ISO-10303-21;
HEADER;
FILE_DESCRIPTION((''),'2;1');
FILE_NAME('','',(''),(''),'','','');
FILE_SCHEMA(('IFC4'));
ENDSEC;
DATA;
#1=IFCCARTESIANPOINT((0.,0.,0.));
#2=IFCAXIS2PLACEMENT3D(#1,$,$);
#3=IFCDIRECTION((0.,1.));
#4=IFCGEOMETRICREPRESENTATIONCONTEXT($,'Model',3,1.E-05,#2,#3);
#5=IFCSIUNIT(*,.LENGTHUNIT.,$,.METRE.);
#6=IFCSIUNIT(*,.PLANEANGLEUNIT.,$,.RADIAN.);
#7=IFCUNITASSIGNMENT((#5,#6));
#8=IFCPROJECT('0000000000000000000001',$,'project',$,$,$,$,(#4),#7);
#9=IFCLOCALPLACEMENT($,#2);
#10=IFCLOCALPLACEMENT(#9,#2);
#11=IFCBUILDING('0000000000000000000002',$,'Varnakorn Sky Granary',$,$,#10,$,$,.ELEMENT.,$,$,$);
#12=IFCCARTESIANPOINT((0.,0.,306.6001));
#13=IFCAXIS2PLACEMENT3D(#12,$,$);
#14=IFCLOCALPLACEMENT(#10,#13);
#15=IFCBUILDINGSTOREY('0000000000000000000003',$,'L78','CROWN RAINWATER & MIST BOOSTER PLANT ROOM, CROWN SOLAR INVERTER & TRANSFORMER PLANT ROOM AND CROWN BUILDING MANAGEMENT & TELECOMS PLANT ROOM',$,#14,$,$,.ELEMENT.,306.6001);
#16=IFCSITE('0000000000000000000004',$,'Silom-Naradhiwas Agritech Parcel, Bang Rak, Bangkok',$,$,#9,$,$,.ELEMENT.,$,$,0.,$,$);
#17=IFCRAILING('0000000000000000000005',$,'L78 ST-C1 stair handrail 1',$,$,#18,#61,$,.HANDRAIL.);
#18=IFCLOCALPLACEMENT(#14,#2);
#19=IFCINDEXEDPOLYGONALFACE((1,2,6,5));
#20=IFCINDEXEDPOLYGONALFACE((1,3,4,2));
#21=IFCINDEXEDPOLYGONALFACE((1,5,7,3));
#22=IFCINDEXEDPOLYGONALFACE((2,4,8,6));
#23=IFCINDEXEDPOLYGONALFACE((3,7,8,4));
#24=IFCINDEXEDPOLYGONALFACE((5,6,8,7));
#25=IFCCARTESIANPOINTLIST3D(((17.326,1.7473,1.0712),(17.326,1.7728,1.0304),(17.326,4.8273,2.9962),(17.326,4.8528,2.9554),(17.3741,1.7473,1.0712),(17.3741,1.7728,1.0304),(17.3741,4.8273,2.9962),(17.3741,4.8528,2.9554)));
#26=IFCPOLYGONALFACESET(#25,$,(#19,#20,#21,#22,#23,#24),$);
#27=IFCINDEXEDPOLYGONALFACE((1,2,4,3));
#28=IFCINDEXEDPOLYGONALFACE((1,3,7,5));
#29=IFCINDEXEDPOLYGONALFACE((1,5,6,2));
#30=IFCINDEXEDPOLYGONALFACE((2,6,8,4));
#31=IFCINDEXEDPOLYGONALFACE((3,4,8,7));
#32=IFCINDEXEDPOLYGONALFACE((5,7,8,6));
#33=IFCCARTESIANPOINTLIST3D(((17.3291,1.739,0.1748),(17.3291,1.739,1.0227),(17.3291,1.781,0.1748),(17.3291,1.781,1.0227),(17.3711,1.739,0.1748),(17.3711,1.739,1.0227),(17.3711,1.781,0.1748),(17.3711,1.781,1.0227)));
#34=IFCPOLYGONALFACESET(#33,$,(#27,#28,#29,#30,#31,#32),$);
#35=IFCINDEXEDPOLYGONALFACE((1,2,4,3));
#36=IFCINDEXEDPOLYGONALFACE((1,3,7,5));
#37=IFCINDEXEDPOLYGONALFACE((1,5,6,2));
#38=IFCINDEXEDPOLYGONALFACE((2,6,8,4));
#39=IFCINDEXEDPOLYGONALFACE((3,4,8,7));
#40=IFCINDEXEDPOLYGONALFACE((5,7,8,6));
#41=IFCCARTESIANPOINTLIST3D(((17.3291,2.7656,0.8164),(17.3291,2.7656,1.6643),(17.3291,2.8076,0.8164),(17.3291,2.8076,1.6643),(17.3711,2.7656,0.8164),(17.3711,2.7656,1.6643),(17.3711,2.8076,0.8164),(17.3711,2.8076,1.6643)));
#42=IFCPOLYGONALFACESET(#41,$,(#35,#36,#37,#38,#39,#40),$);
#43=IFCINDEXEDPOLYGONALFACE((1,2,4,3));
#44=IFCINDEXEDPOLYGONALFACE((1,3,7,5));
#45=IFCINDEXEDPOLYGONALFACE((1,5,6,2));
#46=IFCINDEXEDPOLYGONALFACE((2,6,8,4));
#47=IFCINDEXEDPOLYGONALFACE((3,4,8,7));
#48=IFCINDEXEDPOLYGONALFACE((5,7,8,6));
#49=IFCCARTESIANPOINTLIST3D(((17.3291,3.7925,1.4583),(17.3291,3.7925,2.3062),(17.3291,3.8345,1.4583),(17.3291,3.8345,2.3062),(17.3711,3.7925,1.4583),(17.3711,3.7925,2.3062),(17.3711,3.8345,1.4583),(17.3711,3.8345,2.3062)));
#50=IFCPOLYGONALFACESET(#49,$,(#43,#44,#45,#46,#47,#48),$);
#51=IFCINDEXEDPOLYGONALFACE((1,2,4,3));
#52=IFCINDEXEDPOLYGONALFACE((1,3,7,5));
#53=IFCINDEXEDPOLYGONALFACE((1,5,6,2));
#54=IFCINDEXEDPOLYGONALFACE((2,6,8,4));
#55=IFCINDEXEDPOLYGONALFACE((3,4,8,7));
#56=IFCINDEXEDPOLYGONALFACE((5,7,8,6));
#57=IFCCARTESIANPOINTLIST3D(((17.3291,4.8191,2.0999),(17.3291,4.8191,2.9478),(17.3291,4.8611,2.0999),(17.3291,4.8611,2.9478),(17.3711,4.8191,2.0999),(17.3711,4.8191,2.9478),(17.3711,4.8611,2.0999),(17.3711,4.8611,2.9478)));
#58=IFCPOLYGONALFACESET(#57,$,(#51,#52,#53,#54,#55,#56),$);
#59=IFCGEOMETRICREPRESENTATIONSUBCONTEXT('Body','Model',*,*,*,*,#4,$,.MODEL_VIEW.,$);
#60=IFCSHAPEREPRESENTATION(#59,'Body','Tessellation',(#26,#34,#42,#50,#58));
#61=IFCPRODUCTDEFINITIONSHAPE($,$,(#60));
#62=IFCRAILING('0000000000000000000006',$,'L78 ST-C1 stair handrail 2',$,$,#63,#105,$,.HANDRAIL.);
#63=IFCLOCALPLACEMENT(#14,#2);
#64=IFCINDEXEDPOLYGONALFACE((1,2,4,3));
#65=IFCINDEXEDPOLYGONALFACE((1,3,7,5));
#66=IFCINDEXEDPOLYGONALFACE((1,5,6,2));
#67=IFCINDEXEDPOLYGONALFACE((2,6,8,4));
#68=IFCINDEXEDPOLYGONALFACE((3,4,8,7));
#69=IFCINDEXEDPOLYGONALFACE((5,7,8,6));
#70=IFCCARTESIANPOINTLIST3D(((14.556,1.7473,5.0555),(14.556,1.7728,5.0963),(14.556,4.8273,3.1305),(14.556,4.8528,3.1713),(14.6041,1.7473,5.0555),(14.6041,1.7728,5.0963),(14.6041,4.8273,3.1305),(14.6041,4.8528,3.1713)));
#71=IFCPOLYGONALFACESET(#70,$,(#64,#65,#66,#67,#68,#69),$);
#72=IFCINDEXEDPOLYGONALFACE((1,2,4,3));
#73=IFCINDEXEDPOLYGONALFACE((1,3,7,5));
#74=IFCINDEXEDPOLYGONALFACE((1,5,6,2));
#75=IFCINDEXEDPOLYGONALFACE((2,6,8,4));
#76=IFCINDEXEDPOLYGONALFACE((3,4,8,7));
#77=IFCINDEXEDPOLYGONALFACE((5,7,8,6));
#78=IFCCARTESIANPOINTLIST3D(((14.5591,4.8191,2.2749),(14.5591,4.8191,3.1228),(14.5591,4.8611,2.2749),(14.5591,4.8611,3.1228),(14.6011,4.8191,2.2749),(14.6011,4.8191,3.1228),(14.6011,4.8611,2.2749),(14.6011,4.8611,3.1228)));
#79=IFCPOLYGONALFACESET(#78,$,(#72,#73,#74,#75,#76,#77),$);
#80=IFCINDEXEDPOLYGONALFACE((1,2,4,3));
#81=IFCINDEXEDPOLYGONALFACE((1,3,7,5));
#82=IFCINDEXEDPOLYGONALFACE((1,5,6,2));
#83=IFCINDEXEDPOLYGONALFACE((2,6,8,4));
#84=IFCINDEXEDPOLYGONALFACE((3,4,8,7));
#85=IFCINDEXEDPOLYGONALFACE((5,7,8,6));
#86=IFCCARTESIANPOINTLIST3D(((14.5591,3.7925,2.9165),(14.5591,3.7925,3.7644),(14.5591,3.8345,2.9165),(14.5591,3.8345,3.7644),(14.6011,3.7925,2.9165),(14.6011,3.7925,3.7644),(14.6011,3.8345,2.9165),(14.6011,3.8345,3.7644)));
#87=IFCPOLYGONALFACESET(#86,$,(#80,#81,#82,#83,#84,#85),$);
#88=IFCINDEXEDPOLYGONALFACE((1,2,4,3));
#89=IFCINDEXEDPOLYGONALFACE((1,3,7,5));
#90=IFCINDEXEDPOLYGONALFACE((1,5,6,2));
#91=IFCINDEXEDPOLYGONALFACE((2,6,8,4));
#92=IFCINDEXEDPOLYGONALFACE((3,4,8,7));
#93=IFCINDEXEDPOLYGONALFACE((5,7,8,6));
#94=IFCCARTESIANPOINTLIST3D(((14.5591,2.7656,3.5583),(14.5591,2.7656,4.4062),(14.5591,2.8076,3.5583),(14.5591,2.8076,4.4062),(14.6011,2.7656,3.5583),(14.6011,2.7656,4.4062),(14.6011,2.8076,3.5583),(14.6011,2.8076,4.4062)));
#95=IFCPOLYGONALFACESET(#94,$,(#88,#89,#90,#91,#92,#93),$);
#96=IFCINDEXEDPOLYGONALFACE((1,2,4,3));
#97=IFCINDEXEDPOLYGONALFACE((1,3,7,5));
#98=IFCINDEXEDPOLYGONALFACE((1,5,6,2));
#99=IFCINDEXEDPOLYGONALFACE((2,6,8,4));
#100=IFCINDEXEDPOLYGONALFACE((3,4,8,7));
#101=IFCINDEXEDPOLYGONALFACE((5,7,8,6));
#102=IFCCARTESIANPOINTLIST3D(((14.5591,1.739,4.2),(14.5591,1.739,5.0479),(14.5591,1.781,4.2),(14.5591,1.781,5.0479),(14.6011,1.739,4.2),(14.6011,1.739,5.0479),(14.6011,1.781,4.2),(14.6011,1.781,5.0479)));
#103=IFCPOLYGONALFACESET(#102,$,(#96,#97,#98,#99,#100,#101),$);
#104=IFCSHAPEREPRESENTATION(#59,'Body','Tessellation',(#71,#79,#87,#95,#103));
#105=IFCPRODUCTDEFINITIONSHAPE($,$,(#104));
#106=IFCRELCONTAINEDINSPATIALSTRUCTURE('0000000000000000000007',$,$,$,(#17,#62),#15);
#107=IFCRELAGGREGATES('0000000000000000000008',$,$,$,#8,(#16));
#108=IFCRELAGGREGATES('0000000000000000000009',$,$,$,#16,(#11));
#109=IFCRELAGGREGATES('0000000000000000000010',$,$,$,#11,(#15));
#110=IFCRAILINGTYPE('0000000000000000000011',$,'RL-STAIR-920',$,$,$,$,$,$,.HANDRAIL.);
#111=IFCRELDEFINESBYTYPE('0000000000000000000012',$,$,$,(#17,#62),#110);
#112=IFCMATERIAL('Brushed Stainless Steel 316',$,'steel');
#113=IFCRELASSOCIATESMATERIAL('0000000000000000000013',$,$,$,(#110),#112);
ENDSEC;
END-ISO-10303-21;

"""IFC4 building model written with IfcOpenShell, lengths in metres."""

from ifc_helpers import new_model, si_unit, direction, frame, origin, origin_2d, place, context, subcontext, project, spatial, rectangle, extrude, material, type_object, element, save


model = new_model("IFC4")

# Units and contexts
model_context = context("Model", 3, precision=1e-05, world=origin(), true_north=direction((0.0, 1.0)))
body_context = subcontext(model_context, "Body", "Model", "MODEL_VIEW")
ifc_project = project(units=[si_unit("LENGTHUNIT", "METRE"), si_unit("PLANEANGLEUNIT", "RADIAN")], contexts=[model_context])

# Site, building, storey
site_placement = place(None, origin())
site = spatial("IfcSite", under=ifc_project, at=site_placement, Name="Silom-Naradhiwas Agritech Parcel, Bang Rak, Bangkok", CompositionType="ELEMENT", RefElevation=0.0)
building_placement = place(site_placement, origin())
building = spatial("IfcBuilding", under=site, at=building_placement, Name="Varnakorn Sky Granary", CompositionType="ELEMENT")
storey_placement = place(building_placement, frame((0.0, 0.0, 306.6001)))
storey = spatial("IfcBuildingStorey", under=building, at=storey_placement, Name="L78", Description="CROWN RAINWATER & MIST BOOSTER PLANT ROOM, CROWN SOLAR INVERTER & TRANSFORMER PLANT ROOM AND CROWN BUILDING MANAGEMENT & TELECOMS PLANT ROOM", CompositionType="ELEMENT", Elevation=306.6001)

# Railings
ifc_material_1 = material(Name="Brushed Stainless Steel 316", Category="steel")
railing_type_1 = type_object("IfcRailingType", Name="RL-STAIR-920", PredefinedType="HANDRAIL", material=ifc_material_1)
railing_1_placement = place(storey_placement, frame((17.3501, 1.76, 0.1748)))
element("IfcRailing", 1, at=railing_1_placement, inside=storey, type_object=railing_type_1, Name="L78 ST-C1 stair handrail 1", PredefinedType="HANDRAIL", context=body_context, shape_type="SweptSolid", body=[
    extrude(rectangle(XDim=0.0481, YDim=0.0481, at=origin_2d()), frame((0.0, 0.0, 0.876), z_axis=(0.0, 0.847998, 0.529999), x_axis=(-1.0, 0.0, 0.0)), (0.0, 0.0, 1.0), 3.6321),
    extrude(rectangle(XDim=0.042, YDim=0.042, at=origin_2d()), origin(), (0.0, 0.0, 1.0), 0.8479),
    extrude(rectangle(XDim=0.042, YDim=0.042, at=origin_2d()), frame((0.0, 1.0266, 0.6416)), (0.0, 0.0, 1.0), 0.8479),
    extrude(rectangle(XDim=0.042, YDim=0.042, at=origin_2d()), frame((0.0, 2.0535, 1.2834)), (0.0, 0.0, 1.0), 0.8479),
    extrude(rectangle(XDim=0.042, YDim=0.042, at=origin_2d()), frame((0.0, 3.0801, 1.925)), (0.0, 0.0, 1.0), 0.8479),
])
railing_2_placement = place(storey_placement, frame((14.5801, 4.8401, 2.2749)))
element("IfcRailing", 2, at=railing_2_placement, inside=storey, type_object=railing_type_1, Name="L78 ST-C1 stair handrail 2", PredefinedType="HANDRAIL", context=body_context, shape_type="SweptSolid", body=[
    extrude(rectangle(XDim=0.0481, YDim=0.0481, at=origin_2d()), frame((0.0, 0.0, 0.876), z_axis=(0.0, -0.847998, 0.529999), x_axis=(1.0, 0.0, 0.0)), (0.0, 0.0, 1.0), 3.6321),
    extrude(rectangle(XDim=0.042, YDim=0.042, at=origin_2d()), origin(), (0.0, 0.0, 1.0), 0.8479),
    extrude(rectangle(XDim=0.042, YDim=0.042, at=origin_2d()), frame((0.0, -1.0266, 0.6416)), (0.0, 0.0, 1.0), 0.8479),
    extrude(rectangle(XDim=0.042, YDim=0.042, at=origin_2d()), frame((0.0, -2.0535, 1.2834)), (0.0, 0.0, 1.0), 0.8479),
    extrude(rectangle(XDim=0.042, YDim=0.042, at=origin_2d()), frame((0.0, -3.0801, 1.925)), (0.0, 0.0, 1.0), 0.8479),
])

save(model, "model.ifc")
